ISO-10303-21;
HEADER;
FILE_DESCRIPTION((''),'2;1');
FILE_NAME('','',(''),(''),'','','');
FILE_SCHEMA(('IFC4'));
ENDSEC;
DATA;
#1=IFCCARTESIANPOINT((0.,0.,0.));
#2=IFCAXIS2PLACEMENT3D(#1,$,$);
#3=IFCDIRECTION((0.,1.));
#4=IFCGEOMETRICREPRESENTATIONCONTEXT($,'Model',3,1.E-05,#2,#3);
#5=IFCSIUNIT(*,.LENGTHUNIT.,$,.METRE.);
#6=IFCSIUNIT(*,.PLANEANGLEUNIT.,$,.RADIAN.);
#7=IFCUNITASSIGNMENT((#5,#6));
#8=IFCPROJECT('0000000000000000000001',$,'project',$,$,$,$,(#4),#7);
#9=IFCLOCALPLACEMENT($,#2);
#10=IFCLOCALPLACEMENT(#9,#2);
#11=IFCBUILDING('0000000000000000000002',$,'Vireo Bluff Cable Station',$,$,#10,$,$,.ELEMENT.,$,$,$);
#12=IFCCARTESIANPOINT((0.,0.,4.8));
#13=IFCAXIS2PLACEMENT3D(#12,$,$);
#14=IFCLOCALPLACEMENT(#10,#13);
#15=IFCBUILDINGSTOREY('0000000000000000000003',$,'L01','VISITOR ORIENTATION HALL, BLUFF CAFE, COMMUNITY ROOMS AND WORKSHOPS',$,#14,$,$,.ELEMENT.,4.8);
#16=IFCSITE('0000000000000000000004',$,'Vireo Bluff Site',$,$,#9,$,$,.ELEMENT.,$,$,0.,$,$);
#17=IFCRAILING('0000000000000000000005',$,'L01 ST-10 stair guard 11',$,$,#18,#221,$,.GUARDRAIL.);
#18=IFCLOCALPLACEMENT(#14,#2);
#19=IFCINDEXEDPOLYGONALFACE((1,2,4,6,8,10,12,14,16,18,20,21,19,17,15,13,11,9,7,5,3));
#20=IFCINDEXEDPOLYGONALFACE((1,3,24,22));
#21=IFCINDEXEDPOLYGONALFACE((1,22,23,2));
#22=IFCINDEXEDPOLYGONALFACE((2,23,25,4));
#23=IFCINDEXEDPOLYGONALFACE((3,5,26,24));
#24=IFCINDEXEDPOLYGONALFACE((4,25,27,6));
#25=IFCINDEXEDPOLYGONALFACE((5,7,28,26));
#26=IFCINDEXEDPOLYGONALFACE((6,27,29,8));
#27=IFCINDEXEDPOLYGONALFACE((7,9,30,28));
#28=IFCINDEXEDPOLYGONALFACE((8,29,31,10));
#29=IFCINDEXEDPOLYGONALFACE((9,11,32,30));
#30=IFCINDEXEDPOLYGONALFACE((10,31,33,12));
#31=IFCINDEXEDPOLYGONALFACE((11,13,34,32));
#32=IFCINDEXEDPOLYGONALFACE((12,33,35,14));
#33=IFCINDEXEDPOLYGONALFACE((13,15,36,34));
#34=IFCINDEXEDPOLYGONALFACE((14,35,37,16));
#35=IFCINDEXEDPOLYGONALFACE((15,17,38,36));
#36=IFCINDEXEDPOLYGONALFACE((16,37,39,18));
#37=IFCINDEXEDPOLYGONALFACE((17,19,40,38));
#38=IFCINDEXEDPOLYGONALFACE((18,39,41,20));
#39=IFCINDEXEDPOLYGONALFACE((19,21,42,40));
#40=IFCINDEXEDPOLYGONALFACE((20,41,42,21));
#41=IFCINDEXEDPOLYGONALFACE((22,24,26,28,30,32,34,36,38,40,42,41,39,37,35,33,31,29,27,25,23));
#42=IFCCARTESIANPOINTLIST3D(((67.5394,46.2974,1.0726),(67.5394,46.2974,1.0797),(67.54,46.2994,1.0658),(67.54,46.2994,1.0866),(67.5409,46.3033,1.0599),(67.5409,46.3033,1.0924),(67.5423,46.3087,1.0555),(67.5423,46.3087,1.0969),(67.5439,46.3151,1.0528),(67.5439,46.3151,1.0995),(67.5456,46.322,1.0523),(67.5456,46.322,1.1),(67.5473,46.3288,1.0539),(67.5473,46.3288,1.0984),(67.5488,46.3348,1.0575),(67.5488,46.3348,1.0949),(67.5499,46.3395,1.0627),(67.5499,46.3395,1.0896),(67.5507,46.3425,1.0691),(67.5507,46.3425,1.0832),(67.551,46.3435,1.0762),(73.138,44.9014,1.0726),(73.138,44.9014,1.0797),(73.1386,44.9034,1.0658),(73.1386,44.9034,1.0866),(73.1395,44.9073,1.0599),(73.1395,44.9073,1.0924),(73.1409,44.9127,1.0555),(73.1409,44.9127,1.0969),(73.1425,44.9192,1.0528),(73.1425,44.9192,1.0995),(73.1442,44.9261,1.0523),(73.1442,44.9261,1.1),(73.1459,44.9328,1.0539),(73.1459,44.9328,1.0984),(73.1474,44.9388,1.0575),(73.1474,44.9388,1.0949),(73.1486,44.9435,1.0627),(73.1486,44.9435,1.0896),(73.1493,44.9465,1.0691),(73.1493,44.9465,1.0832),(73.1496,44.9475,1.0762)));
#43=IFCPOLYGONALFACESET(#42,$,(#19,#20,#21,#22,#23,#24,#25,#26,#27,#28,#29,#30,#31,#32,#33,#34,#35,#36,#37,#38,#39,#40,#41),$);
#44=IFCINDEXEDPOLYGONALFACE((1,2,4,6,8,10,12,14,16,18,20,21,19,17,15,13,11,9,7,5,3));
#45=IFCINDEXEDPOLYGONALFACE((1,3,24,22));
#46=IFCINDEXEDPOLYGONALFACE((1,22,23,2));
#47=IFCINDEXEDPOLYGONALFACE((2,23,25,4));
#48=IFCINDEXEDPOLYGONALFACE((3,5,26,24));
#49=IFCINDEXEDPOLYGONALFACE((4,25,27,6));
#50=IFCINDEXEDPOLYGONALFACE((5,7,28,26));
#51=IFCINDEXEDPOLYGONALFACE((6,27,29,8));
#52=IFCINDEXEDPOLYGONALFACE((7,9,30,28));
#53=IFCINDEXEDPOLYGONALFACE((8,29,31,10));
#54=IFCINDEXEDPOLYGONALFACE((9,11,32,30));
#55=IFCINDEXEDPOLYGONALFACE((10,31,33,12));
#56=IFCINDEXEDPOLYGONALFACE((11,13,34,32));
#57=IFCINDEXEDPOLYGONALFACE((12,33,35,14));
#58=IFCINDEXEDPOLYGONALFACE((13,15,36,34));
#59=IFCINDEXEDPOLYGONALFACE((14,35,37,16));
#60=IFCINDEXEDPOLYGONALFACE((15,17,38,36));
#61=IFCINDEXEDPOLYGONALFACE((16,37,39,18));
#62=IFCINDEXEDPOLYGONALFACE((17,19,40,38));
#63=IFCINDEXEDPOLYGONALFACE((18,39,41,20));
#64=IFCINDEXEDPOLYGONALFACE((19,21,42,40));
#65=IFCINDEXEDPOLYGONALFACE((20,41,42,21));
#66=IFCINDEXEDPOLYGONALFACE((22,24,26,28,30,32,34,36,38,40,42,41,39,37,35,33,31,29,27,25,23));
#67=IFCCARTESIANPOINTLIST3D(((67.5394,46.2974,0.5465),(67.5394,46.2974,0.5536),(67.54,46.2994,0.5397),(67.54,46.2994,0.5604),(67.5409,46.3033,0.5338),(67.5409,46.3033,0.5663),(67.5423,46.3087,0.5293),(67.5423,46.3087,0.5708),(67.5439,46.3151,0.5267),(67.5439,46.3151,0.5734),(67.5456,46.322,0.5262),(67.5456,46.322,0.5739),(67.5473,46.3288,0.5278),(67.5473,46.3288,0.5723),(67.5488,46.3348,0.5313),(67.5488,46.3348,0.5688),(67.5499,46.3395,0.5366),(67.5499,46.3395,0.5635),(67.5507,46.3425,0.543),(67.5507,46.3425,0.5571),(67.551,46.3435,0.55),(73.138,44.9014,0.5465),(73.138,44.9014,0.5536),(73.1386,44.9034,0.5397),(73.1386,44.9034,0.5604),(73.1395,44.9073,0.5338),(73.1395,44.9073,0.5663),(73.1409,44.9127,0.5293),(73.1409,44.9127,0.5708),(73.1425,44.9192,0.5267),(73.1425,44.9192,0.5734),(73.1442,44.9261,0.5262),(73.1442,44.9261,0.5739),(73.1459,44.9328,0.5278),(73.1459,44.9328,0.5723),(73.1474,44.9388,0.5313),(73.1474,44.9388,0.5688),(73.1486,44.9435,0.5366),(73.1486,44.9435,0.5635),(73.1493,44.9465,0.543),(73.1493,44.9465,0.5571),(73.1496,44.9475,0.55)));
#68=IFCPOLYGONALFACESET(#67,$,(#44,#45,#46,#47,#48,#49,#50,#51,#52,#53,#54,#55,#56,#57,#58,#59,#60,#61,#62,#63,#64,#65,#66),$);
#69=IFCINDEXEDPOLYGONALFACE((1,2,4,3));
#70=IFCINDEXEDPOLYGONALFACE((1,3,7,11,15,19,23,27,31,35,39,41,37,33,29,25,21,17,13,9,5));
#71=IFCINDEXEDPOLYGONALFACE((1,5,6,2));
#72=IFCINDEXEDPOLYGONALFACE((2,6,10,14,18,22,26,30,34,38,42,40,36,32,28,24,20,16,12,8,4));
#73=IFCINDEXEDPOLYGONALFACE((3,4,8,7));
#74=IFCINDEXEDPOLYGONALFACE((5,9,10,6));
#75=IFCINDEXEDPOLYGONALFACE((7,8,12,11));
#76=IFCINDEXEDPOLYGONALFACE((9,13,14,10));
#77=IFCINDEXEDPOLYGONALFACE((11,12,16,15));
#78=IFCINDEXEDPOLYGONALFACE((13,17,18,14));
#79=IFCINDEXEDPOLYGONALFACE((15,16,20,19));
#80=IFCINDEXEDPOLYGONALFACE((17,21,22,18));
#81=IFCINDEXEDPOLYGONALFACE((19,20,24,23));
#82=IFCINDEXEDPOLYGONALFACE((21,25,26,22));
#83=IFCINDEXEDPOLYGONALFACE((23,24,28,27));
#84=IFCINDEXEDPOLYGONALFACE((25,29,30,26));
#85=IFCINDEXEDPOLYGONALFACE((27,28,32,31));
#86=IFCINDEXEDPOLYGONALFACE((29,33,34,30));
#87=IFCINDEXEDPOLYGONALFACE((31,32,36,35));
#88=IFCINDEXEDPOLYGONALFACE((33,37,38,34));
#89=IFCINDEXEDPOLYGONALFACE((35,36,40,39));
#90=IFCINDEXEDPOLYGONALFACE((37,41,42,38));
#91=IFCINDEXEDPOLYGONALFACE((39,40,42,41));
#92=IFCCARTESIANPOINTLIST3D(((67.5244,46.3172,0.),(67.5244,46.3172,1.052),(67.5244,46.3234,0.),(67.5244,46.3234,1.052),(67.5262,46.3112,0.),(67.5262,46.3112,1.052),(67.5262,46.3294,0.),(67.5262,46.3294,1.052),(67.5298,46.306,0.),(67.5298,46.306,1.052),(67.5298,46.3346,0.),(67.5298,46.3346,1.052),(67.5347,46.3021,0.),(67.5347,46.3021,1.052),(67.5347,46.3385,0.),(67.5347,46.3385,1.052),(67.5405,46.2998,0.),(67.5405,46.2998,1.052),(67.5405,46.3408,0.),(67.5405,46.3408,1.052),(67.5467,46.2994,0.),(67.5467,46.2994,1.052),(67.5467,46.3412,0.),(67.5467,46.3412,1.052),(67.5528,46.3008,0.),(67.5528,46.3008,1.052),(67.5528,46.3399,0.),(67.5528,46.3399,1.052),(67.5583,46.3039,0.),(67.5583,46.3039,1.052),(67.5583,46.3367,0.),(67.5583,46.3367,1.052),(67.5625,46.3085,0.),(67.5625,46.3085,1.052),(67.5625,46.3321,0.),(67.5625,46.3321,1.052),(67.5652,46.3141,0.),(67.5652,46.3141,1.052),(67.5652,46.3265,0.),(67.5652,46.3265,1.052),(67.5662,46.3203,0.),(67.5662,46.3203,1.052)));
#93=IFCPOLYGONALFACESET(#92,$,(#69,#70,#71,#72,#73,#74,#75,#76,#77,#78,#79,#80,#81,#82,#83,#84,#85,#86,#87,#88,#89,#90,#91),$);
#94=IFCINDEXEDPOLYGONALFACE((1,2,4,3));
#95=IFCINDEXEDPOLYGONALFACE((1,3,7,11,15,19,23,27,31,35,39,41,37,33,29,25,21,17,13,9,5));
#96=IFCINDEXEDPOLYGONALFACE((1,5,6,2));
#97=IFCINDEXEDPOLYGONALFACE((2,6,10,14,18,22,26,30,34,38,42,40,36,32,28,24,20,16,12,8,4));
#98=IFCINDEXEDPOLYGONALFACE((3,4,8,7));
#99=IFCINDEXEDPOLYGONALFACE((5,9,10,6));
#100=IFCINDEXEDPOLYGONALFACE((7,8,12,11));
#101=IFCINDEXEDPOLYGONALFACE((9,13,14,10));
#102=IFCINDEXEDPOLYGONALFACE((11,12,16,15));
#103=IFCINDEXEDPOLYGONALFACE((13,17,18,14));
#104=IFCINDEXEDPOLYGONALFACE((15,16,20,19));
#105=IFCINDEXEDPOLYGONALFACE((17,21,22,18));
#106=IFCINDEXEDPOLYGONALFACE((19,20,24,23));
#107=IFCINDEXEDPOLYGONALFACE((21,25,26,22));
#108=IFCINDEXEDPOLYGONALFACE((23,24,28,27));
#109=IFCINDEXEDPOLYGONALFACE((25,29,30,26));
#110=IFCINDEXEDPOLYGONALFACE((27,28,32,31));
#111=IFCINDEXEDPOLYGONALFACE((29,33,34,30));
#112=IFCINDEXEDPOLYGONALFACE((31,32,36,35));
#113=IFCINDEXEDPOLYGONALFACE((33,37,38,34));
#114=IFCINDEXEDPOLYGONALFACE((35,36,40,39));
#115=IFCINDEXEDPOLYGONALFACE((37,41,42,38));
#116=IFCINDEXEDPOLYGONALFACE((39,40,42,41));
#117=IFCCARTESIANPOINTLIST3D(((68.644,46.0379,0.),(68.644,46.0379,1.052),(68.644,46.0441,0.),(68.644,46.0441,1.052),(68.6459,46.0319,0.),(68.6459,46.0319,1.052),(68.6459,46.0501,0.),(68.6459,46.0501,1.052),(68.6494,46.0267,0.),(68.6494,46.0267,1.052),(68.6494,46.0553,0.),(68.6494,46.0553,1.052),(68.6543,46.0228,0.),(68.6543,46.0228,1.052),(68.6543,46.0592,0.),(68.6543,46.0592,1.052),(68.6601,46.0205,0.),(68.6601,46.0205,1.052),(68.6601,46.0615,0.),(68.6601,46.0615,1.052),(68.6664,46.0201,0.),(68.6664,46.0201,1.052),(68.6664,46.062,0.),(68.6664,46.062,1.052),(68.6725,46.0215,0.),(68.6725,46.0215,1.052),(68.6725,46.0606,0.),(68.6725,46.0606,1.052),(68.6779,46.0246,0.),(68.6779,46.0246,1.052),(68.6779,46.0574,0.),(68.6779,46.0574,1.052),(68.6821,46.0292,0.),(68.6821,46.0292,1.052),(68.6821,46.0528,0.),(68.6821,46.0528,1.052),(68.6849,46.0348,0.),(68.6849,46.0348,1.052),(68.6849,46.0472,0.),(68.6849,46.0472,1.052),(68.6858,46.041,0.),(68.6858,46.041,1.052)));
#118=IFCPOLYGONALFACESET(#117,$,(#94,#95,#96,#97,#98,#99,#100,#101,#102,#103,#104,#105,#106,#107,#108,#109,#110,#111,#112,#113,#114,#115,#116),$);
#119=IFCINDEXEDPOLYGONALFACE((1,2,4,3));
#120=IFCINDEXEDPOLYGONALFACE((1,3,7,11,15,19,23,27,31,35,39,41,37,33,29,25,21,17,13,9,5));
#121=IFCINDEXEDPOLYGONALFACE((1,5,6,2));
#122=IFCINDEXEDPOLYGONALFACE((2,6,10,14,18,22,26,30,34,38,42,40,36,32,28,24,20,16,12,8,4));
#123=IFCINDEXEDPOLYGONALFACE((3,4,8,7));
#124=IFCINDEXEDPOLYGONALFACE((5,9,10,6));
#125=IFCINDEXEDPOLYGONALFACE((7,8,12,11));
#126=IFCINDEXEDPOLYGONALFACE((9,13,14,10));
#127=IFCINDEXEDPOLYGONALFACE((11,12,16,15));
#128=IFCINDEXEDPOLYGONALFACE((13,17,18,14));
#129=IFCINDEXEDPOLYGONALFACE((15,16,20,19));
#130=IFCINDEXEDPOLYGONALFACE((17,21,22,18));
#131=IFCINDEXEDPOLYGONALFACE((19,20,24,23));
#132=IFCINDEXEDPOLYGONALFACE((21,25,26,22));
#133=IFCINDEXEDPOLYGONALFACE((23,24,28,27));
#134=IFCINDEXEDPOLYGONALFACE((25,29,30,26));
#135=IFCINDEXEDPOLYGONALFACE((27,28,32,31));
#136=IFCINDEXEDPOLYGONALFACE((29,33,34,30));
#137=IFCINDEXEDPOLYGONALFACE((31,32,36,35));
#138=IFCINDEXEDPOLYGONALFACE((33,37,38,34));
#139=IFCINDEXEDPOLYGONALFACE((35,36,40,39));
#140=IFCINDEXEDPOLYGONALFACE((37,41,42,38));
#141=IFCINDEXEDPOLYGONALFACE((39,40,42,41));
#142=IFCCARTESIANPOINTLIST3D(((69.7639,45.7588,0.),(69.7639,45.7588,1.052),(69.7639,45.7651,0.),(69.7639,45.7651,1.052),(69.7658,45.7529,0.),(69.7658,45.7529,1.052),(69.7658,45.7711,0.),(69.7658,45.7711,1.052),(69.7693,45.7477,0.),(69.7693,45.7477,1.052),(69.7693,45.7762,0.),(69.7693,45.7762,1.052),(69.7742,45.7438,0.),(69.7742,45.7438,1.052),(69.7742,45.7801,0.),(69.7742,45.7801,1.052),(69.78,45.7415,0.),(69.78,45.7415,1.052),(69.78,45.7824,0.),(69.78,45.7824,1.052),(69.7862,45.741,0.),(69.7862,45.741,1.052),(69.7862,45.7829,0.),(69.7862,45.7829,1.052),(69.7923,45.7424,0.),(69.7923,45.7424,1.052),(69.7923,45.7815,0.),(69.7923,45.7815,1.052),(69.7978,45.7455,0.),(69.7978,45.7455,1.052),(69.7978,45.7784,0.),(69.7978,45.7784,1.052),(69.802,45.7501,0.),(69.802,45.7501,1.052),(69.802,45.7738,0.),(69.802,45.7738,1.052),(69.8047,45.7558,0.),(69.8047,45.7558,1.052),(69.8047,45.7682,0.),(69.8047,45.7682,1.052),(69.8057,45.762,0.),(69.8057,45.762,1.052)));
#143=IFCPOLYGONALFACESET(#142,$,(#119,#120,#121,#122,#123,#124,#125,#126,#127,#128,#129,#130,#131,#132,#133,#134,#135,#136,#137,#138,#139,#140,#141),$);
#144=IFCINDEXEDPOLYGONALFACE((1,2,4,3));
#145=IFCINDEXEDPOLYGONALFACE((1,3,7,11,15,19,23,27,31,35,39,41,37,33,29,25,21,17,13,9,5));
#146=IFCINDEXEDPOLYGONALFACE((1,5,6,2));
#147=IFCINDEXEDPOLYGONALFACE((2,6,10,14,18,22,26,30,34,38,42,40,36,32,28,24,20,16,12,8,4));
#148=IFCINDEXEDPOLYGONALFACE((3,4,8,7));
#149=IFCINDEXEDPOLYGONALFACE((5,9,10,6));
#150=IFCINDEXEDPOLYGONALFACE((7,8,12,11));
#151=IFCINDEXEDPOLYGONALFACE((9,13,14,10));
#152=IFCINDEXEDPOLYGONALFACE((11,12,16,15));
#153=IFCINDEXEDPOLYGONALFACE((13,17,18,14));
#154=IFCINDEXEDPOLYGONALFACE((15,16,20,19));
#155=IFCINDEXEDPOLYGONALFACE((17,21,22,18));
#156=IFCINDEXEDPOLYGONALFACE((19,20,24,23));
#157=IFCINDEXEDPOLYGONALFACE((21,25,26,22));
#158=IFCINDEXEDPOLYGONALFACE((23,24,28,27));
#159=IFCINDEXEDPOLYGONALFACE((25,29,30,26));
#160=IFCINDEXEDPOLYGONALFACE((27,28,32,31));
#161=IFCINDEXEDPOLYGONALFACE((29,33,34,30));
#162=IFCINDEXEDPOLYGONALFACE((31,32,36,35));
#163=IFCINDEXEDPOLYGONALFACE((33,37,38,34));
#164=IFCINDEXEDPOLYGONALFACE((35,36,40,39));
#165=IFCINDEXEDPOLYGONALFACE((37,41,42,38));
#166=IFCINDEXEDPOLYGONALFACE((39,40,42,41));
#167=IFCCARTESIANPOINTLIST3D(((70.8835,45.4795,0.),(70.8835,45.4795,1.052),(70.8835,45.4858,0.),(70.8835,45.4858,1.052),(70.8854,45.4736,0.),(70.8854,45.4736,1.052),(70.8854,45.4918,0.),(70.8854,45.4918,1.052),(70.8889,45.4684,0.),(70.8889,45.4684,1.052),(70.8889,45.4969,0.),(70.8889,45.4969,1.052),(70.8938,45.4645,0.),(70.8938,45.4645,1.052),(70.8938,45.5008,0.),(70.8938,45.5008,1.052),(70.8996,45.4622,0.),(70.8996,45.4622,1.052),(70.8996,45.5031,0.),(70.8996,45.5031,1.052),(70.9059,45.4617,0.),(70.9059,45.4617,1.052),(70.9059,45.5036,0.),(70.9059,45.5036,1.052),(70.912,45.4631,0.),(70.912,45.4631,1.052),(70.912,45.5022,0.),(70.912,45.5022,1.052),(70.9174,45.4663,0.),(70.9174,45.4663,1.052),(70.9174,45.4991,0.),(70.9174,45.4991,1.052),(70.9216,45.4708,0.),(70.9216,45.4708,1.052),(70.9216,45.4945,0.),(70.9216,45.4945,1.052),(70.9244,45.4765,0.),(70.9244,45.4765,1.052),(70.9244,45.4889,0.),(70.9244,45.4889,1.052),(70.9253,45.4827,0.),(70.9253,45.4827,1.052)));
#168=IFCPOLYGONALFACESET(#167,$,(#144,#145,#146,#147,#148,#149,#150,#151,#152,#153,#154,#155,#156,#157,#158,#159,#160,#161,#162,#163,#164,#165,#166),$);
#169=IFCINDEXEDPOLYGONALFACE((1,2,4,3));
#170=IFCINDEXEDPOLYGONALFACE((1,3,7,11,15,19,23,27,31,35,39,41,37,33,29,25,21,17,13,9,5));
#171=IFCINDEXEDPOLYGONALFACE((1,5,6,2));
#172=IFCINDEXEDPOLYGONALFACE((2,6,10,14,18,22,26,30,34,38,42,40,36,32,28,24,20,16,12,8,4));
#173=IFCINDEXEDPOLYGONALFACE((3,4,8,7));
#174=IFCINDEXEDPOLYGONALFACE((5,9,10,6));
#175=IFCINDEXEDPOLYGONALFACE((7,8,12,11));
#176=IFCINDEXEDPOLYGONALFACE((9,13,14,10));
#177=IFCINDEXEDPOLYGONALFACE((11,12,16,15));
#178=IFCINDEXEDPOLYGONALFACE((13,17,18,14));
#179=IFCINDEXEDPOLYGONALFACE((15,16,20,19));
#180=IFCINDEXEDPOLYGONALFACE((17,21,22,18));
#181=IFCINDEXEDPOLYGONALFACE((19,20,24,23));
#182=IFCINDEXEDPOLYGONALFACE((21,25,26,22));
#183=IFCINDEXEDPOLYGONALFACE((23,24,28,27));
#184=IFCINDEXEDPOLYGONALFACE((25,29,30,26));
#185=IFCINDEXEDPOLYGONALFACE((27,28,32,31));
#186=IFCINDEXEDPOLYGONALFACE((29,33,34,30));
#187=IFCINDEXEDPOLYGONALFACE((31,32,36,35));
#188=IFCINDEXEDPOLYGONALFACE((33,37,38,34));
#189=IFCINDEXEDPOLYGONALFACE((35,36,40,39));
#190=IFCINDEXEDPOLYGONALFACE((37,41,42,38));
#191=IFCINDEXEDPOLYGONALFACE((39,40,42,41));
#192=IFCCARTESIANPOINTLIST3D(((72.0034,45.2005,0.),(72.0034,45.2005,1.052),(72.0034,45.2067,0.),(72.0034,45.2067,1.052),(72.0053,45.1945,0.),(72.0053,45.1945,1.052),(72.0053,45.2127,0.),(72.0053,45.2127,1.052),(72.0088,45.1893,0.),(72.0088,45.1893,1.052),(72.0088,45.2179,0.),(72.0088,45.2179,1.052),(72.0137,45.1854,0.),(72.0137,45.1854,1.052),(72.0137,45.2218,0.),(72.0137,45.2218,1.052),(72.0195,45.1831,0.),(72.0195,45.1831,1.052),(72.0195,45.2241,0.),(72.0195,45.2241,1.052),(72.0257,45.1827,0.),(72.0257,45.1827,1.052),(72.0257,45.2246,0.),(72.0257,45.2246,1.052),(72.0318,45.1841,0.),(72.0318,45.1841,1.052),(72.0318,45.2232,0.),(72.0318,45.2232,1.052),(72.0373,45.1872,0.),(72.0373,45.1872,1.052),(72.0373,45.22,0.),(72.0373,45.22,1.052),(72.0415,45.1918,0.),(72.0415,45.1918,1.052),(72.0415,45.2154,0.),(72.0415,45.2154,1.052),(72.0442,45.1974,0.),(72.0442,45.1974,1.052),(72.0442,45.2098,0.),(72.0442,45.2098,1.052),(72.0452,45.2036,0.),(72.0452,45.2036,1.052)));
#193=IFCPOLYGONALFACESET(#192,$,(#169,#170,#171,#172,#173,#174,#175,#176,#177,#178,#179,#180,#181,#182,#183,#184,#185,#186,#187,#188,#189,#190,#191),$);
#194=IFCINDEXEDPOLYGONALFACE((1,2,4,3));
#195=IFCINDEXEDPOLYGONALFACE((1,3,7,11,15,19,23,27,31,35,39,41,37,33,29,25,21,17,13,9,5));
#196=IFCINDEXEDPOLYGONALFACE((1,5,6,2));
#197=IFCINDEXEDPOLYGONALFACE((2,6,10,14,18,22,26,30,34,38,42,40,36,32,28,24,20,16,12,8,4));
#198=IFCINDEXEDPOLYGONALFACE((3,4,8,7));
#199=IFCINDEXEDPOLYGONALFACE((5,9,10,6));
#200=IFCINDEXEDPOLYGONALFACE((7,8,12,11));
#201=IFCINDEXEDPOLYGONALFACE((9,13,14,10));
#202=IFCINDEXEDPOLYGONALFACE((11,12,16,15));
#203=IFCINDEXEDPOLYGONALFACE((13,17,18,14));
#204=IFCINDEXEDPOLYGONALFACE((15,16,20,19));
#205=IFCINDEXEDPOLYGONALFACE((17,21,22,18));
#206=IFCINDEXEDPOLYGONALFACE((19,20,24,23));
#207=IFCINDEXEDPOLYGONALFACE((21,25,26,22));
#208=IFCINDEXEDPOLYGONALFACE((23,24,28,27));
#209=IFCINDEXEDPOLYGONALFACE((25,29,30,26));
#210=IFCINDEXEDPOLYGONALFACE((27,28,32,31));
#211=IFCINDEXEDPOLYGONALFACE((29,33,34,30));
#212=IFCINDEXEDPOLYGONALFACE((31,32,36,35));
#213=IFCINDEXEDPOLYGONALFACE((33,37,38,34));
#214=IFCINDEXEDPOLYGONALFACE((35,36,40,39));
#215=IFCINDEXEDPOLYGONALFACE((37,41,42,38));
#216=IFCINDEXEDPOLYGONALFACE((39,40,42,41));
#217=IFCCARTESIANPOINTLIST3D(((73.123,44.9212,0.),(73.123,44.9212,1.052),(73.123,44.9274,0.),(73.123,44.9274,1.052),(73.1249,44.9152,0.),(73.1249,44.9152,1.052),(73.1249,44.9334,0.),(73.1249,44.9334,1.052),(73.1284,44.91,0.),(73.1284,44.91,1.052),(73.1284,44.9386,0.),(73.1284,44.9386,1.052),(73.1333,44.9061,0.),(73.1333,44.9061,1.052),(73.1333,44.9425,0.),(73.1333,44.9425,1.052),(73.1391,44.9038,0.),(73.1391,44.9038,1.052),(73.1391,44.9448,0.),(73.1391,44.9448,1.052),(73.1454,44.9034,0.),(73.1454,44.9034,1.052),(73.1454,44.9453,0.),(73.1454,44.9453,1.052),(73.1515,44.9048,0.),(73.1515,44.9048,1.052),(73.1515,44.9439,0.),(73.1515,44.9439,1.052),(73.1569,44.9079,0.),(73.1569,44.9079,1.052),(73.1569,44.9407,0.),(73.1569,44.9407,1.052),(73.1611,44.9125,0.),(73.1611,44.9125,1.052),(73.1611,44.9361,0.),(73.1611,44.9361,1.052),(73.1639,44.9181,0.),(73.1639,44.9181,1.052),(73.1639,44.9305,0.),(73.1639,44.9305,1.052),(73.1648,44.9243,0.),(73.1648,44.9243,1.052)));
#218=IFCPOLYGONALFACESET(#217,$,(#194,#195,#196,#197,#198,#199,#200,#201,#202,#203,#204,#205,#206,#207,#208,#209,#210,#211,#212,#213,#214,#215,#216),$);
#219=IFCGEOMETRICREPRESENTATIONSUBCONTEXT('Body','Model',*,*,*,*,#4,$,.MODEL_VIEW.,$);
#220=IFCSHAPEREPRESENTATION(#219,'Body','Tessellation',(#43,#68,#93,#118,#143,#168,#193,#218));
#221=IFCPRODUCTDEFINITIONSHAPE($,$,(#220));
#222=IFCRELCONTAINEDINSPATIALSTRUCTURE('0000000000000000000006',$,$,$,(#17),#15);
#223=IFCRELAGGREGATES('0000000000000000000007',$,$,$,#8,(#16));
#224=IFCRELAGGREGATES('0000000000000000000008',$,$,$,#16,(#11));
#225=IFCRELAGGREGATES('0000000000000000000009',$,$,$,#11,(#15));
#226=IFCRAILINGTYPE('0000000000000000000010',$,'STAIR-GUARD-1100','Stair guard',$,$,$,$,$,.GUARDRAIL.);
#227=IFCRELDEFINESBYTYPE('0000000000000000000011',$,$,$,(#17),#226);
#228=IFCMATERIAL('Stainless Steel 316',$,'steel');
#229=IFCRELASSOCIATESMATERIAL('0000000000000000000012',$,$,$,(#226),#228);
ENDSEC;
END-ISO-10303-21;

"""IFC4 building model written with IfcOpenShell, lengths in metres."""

from ifc_helpers import new_model, si_unit, direction, frame, origin, origin_2d, place, context, subcontext, project, spatial, circle, extrude, material, type_object, element, save


model = new_model("IFC4")

# Units and contexts
model_context = context("Model", 3, precision=1e-05, world=origin(), true_north=direction((0.0, 1.0)))
body_context = subcontext(model_context, "Body", "Model", "MODEL_VIEW")
ifc_project = project(units=[si_unit("LENGTHUNIT", "METRE"), si_unit("PLANEANGLEUNIT", "RADIAN")], contexts=[model_context])

# Site, building, storey
site_placement = place(None, origin())
site = spatial("IfcSite", under=ifc_project, at=site_placement, Name="Vireo Bluff Site", CompositionType="ELEMENT", RefElevation=0.0)
building_placement = place(site_placement, origin())
building = spatial("IfcBuilding", under=site, at=building_placement, Name="Vireo Bluff Cable Station", CompositionType="ELEMENT")
storey_placement = place(building_placement, frame((0.0, 0.0, 4.8)))
storey = spatial("IfcBuildingStorey", under=building, at=storey_placement, Name="L01", Description="VISITOR ORIENTATION HALL, BLUFF CAFE, COMMUNITY ROOMS AND WORKSHOPS", CompositionType="ELEMENT", Elevation=4.8)

# Shared definitions
ifc_material_1 = material(Name="Stainless Steel 316", Category="steel")

# Railing
railing_type_1 = type_object("IfcRailingType", Name="STAIR-GUARD-1100", Description="Stair guard", PredefinedType="GUARDRAIL", material=ifc_material_1)
railing_1_placement = place(storey_placement, frame((67.5452, 46.3203, 0.0)))
element("IfcRailing", 1, at=railing_1_placement, inside=storey, type_object=railing_type_1, Name="L01 ST-10 stair guard 11", PredefinedType="GUARDRAIL", context=body_context, shape_type="SweptSolid", body=[
    extrude(circle(Radius=0.0239, at=origin_2d()), frame((0.0, 0.0, 1.0762), z_axis=(0.970292, -0.241938, 0.0), x_axis=(0.241938, 0.970292, 0.0)), (0.0, 0.0, 1.0), 5.77),
    extrude(circle(Radius=0.0239, at=origin_2d()), frame((0.0, 0.0, 0.55), z_axis=(0.970292, -0.241938, 0.0), x_axis=(0.241938, 0.970292, 0.0)), (0.0, 0.0, 1.0), 5.77),
    extrude(circle(Radius=0.021, at=origin_2d()), origin(), (0.0, 0.0, 1.0), 1.052),
    extrude(circle(Radius=0.021, at=origin_2d()), frame((1.1196, -0.2793, 0.0)), (0.0, 0.0, 1.0), 1.052),
    extrude(circle(Radius=0.021, at=origin_2d()), frame((2.2395, -0.5583, 0.0)), (0.0, 0.0, 1.0), 1.052),
    extrude(circle(Radius=0.021, at=origin_2d()), frame((3.3591, -0.8376, 0.0)), (0.0, 0.0, 1.0), 1.052),
    extrude(circle(Radius=0.021, at=origin_2d()), frame((4.479, -1.1167, 0.0)), (0.0, 0.0, 1.0), 1.052),
    extrude(circle(Radius=0.021, at=origin_2d()), frame((5.5986, -1.396, 0.0)), (0.0, 0.0, 1.0), 1.052),
])

save(model, "model.ifc")
